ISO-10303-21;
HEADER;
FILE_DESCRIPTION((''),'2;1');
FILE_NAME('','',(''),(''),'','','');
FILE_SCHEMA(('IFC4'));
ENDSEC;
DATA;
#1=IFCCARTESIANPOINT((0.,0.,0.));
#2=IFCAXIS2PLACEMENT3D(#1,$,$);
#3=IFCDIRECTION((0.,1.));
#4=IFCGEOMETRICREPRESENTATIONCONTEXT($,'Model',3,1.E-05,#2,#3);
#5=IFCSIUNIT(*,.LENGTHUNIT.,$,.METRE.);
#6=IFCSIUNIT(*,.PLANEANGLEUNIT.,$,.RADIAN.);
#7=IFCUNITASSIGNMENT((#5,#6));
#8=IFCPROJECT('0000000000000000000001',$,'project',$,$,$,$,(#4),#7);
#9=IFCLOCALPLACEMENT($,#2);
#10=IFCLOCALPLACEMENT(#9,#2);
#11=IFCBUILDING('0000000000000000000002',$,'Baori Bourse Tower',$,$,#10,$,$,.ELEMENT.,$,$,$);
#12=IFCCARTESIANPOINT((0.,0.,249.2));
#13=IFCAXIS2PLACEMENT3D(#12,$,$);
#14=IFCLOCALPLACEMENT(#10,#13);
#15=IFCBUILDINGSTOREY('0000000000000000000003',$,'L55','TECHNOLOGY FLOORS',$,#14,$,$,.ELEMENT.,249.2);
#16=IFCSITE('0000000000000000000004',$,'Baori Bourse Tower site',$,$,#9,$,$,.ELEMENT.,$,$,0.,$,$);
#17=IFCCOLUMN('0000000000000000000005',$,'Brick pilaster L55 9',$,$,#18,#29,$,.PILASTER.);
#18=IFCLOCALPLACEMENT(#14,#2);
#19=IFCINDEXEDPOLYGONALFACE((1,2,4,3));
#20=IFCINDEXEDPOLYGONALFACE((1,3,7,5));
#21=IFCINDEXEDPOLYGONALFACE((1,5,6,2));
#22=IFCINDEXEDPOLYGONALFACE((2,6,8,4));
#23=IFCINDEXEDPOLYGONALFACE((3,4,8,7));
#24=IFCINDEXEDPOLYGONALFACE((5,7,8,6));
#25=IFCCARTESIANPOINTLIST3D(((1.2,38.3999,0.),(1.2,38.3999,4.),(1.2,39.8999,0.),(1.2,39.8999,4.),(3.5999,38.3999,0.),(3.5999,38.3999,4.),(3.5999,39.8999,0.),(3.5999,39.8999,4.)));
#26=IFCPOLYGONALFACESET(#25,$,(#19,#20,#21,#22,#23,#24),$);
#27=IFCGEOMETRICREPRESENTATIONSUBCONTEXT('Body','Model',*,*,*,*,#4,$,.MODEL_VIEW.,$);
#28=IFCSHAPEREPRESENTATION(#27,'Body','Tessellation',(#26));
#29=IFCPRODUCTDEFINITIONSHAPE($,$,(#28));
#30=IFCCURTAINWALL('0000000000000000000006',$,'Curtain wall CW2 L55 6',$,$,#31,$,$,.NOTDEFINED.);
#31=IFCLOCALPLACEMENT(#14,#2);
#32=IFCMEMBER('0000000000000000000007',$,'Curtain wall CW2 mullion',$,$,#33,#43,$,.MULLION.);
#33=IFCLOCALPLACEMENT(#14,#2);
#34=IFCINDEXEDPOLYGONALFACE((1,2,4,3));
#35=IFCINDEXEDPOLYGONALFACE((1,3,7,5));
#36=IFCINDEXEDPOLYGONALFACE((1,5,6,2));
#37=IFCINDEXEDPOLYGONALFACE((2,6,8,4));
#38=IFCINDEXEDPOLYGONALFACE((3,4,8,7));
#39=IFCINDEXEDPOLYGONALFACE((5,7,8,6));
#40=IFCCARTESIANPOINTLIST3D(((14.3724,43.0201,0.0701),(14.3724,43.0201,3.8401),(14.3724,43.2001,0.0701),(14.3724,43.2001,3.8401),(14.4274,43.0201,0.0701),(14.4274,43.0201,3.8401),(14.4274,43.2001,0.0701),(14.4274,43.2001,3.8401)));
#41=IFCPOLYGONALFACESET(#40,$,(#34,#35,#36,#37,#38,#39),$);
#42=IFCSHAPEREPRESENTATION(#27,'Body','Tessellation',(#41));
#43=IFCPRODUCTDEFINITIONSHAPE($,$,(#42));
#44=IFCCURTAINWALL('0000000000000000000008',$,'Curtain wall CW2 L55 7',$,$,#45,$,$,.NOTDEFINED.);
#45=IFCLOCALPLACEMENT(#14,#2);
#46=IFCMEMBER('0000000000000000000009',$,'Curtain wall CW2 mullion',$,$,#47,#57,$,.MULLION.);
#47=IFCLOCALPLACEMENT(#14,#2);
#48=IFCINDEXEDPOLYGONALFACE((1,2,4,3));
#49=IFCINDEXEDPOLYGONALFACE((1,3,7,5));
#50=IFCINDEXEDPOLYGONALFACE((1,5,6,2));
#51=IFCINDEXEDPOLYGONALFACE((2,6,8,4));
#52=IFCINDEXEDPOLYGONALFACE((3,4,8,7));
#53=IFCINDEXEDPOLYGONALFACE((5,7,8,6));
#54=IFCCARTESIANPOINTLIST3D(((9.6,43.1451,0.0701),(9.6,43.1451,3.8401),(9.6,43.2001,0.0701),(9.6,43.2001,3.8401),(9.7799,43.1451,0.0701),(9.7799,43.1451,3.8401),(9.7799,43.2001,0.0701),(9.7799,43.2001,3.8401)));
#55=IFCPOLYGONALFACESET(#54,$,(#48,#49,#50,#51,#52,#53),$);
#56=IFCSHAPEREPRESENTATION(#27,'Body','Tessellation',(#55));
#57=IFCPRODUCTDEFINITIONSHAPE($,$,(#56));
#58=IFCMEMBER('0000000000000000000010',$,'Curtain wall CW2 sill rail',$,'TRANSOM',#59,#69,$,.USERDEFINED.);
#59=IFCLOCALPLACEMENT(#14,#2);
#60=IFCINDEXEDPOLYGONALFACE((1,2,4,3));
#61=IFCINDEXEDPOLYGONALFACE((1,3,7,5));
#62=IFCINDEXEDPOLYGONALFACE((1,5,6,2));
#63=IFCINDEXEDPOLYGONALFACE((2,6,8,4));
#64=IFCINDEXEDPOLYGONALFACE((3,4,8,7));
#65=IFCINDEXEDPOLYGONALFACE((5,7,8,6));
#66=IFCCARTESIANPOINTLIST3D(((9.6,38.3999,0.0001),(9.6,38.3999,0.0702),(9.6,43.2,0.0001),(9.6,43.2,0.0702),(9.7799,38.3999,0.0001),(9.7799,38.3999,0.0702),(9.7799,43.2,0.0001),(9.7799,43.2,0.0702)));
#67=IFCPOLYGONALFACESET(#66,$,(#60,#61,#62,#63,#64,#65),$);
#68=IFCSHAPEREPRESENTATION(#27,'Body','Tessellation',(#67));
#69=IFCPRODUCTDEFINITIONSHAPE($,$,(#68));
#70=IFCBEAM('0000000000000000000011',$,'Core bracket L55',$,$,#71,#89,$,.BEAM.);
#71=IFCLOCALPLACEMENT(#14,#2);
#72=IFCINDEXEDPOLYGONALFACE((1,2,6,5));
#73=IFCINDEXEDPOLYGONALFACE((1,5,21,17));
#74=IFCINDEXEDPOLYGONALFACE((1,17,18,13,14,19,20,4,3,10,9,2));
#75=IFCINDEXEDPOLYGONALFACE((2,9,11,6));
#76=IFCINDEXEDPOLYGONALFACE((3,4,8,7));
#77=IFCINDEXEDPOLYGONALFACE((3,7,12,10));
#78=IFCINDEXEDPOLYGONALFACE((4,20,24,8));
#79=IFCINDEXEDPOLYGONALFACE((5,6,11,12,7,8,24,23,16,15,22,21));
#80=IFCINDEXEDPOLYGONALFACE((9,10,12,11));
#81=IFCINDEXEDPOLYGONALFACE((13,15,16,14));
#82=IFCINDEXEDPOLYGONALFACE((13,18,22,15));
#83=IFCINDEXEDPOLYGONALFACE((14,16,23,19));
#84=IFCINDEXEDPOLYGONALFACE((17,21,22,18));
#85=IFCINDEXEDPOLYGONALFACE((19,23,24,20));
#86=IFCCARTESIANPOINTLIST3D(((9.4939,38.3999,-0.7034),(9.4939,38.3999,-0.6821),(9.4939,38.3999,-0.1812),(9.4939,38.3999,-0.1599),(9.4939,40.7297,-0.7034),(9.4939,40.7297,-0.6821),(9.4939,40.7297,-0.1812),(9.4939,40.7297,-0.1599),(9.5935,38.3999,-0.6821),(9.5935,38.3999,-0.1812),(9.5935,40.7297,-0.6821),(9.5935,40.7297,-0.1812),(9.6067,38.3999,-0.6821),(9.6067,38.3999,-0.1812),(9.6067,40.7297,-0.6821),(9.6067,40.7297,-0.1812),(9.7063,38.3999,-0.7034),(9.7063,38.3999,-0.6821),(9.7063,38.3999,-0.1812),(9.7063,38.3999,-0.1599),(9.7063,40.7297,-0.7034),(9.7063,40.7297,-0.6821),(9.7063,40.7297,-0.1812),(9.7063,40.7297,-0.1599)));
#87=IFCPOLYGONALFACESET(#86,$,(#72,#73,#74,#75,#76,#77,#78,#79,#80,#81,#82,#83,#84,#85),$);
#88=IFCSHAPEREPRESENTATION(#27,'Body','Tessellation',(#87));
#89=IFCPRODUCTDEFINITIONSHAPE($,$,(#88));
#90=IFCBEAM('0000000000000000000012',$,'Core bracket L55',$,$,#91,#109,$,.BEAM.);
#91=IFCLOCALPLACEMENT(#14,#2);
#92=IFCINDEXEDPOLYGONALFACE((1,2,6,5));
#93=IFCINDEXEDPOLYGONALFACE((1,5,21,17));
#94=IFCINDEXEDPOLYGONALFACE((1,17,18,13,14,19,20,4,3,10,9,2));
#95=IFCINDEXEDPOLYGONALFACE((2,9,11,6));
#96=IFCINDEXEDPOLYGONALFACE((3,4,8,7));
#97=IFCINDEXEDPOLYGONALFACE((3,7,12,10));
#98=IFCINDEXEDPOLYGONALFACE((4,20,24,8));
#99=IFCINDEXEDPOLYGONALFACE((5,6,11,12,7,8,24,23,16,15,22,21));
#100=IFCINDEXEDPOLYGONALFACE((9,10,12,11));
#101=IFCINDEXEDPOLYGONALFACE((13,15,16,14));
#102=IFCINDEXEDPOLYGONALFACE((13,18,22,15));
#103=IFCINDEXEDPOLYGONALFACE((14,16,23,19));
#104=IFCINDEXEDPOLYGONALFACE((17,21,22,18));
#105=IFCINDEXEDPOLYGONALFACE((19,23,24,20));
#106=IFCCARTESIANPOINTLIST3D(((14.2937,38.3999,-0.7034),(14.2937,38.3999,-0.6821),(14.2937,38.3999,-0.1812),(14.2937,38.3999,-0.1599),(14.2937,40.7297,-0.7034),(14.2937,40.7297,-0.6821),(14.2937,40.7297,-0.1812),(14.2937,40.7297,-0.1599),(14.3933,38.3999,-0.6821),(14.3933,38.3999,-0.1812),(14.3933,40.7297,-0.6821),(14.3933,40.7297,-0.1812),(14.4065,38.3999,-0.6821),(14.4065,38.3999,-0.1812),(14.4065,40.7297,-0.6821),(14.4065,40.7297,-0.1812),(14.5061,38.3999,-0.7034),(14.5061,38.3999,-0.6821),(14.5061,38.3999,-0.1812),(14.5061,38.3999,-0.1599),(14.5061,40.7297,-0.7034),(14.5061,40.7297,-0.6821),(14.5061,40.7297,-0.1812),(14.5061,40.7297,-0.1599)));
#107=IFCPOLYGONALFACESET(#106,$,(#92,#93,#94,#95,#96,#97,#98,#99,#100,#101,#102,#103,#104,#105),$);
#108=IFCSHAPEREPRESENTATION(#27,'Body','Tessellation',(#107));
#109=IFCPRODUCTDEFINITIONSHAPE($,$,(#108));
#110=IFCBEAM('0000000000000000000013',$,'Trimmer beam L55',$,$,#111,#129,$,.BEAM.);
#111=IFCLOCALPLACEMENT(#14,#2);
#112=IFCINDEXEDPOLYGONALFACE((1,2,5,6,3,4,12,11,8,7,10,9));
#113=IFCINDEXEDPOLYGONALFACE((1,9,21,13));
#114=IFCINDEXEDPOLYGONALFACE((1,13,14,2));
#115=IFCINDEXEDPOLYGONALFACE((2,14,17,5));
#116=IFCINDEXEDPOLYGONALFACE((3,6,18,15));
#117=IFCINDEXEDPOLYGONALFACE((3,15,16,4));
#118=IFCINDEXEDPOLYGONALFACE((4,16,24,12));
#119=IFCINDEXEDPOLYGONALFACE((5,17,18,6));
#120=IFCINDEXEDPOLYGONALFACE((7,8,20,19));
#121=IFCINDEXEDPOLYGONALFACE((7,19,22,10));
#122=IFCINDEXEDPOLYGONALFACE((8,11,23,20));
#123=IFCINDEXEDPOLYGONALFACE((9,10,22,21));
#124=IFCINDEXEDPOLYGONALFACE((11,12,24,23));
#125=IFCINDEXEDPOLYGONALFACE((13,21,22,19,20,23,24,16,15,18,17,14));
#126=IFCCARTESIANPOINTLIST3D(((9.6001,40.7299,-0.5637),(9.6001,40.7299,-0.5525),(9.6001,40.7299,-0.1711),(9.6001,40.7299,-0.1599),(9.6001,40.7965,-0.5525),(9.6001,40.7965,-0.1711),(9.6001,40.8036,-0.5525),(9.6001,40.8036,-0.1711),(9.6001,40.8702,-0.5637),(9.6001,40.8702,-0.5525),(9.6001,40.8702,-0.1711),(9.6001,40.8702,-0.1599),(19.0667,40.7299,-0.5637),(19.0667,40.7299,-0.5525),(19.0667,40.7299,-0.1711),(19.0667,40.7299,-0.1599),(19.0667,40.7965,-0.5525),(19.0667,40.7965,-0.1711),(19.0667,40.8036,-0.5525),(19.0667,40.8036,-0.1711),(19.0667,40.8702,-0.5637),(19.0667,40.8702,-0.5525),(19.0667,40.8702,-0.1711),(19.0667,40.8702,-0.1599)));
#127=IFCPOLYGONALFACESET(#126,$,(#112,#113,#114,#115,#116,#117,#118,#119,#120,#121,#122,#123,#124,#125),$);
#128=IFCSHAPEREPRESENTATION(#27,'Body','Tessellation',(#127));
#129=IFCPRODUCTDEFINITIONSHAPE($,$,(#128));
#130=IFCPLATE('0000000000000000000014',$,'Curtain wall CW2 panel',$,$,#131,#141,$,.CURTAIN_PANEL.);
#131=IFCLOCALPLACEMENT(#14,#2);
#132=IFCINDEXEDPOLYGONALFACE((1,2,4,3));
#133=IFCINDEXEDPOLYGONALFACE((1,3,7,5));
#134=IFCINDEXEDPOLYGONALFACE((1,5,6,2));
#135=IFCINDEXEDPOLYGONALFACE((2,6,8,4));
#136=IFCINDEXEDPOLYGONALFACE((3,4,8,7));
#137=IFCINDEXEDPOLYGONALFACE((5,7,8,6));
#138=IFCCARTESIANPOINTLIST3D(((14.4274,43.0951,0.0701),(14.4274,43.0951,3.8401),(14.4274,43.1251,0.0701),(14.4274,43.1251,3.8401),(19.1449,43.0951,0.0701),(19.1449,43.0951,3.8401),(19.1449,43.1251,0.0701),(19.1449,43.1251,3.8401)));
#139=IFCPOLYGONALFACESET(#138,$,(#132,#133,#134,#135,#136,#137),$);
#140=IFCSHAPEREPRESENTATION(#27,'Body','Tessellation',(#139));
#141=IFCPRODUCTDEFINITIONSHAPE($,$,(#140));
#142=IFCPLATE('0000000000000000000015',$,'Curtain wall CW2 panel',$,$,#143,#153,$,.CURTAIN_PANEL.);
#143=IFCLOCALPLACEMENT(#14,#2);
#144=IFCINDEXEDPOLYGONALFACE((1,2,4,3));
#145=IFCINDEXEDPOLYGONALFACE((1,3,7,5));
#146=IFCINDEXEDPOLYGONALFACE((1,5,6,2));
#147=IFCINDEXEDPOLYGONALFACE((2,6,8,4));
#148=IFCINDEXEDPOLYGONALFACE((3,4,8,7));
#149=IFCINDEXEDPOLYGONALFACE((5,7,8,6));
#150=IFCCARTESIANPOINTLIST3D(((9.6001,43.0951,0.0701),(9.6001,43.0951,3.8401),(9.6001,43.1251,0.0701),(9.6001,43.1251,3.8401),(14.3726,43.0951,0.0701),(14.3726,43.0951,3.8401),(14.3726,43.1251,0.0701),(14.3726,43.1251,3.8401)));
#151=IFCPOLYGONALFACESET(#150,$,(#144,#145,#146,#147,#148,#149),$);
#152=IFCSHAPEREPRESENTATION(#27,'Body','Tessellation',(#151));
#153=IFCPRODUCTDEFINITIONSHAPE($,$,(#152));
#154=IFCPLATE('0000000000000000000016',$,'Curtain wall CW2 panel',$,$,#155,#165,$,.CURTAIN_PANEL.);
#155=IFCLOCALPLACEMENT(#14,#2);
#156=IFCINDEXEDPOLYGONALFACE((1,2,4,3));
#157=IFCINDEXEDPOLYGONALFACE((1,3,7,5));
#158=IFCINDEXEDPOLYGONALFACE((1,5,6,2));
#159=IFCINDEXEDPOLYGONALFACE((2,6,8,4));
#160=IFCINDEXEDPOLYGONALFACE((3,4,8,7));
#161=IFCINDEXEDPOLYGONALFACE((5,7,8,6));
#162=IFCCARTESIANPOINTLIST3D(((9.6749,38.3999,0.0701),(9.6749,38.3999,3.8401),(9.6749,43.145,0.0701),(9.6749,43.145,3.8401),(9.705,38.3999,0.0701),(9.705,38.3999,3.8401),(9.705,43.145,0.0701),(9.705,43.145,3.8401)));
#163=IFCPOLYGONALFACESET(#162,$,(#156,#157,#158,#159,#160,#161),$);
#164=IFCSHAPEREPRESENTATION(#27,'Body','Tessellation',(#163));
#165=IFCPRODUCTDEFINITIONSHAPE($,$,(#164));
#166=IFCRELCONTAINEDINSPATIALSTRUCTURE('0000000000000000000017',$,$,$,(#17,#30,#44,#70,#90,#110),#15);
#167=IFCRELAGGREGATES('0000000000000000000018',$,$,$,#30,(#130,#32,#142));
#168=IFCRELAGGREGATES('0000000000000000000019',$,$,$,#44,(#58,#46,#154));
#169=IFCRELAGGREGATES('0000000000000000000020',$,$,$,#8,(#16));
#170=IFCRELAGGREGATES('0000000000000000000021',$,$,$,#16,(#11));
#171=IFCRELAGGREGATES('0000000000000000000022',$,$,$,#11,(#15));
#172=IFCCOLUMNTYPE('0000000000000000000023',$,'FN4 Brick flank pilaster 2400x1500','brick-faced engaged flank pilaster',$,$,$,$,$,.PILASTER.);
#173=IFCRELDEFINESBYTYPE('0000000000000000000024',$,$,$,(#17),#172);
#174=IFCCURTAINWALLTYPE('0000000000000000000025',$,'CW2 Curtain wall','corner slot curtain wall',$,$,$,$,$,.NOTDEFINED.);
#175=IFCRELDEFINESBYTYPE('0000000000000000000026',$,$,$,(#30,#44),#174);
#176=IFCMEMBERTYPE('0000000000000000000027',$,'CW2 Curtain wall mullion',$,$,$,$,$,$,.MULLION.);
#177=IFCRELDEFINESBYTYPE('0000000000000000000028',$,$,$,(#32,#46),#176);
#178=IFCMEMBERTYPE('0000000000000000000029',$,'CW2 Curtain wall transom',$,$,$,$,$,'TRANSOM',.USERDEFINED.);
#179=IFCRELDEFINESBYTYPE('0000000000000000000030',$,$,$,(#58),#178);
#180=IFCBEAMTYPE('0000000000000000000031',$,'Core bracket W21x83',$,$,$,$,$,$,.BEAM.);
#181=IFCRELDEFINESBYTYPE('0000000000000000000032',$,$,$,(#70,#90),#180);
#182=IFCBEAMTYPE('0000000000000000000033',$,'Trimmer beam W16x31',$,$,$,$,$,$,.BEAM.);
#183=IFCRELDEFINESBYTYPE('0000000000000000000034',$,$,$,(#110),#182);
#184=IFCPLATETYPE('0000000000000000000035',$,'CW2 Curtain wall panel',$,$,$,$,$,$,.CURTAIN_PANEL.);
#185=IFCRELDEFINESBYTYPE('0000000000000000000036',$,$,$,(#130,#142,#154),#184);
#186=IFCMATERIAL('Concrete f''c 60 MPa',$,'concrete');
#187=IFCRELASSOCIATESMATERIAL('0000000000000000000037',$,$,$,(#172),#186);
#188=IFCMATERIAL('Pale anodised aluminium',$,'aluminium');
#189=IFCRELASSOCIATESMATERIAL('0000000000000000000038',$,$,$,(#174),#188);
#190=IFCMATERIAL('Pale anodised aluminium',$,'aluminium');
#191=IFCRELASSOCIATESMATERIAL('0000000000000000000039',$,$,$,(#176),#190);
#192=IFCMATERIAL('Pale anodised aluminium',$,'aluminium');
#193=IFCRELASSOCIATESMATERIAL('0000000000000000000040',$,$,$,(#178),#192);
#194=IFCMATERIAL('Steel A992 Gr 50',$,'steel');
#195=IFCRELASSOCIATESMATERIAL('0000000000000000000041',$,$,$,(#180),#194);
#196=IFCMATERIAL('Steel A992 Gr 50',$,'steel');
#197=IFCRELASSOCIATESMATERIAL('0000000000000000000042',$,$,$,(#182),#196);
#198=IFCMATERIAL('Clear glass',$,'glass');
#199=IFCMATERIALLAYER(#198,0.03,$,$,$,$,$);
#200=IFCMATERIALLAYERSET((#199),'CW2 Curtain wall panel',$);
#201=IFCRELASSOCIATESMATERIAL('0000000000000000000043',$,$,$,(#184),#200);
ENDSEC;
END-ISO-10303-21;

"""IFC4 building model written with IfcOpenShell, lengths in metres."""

from ifc_helpers import new_model, si_unit, direction, frame, origin, origin_2d, place, context, subcontext, project, spatial, rectangle, i_section, extrude, material, layer, layer_set, material_profile, profile_set, type_object, element, aggregate, save


model = new_model("IFC4")

# Units and contexts
model_context = context("Model", 3, precision=1e-05, world=origin(), true_north=direction((0.0, 1.0)))
body_context = subcontext(model_context, "Body", "Model", "MODEL_VIEW")
ifc_project = project(units=[si_unit("LENGTHUNIT", "METRE"), si_unit("PLANEANGLEUNIT", "RADIAN")], contexts=[model_context])

# Site, building, storey
site_placement = place(None, origin())
site = spatial("IfcSite", under=ifc_project, at=site_placement, Name="Baori Bourse Tower site", CompositionType="ELEMENT", RefElevation=0.0)
building_placement = place(site_placement, origin())
building = spatial("IfcBuilding", under=site, at=building_placement, Name="Baori Bourse Tower", CompositionType="ELEMENT")
storey_placement = place(building_placement, frame((0.0, 0.0, 249.2)))
storey = spatial("IfcBuildingStorey", under=building, at=storey_placement, Name="L55", Description="TECHNOLOGY FLOORS", CompositionType="ELEMENT", Elevation=249.2)

# Column
ifc_material_1 = material(Name="Concrete f'c 60 MPa", Category="concrete")
ifc_material_profile_1 = material_profile(ifc_material_1, rectangle(XDim=2.3999, YDim=1.5, at=origin_2d()), Name="RC 2400x1500")
ifc_profile_set_1 = profile_set([ifc_material_profile_1], Name="Concrete f'c 60 MPa")
column_type = type_object("IfcColumnType", Name="FN4 Brick flank pilaster 2400x1500", Description="brick-faced engaged flank pilaster", PredefinedType="PILASTER", material=ifc_profile_set_1)
column_placement = place(storey_placement, frame((2.3999, 39.1499, 0.0), z_axis=(0.0, 0.0, 1.0), x_axis=(1.0, 0.0, 0.0)))
element("IfcColumn", 1, at=column_placement, inside=storey, type_object=column_type, Name="Brick pilaster L55 9", PredefinedType="PILASTER", context=body_context, shape_type="SweptSolid", body=[
    extrude(rectangle(XDim=2.3999, YDim=1.5, at=origin_2d()), origin(), (0.0, 0.0, 1.0), 4.0),
])

# Curtain wall, member
ifc_material_2 = material(Name="Pale anodised aluminium", Category="aluminium")
curtain_wall_type = type_object("IfcCurtainWallType", Name="CW2 Curtain wall", Description="corner slot curtain wall", PredefinedType="NOTDEFINED", material=ifc_material_2)
curtain_wall_1_placement = place(storey_placement, origin())
curtain_wall_1 = element("IfcCurtainWall", 2, at=curtain_wall_1_placement, inside=storey, type_object=curtain_wall_type, Name="Curtain wall CW2 L55 6", PredefinedType="NOTDEFINED")
ifc_material_3 = material(Name="Pale anodised aluminium", Category="aluminium")
ifc_material_profile_2 = material_profile(ifc_material_3, rectangle(XDim=0.1799, YDim=0.0549, at=origin_2d()), Name="Mullion 55x180")
ifc_profile_set_2 = profile_set([ifc_material_profile_2], Name="Pale anodised aluminium")
member_type_1 = type_object("IfcMemberType", Name="CW2 Curtain wall mullion", PredefinedType="MULLION", material=ifc_profile_set_2)
member_1_placement = place(storey_placement, frame((14.3999, 43.1101, 0.0701), z_axis=(0.0, 0.0, 1.0), x_axis=(0.0, -1.0, 0.0)))
member_1 = element("IfcMember", 3, at=member_1_placement, type_object=member_type_1, Name="Curtain wall CW2 mullion", PredefinedType="MULLION", context=body_context, shape_type="SweptSolid", body=[
    extrude(rectangle(XDim=0.1799, YDim=0.0549, at=origin_2d()), origin(), (0.0, 0.0, 1.0), 3.77),
])

# Curtain wall, members
curtain_wall_2_placement = place(storey_placement, origin())
curtain_wall_2 = element("IfcCurtainWall", 4, at=curtain_wall_2_placement, inside=storey, type_object=curtain_wall_type, Name="Curtain wall CW2 L55 7", PredefinedType="NOTDEFINED")
member_2_placement = place(storey_placement, frame((9.6899, 43.1726, 0.0701), z_axis=(0.0, 0.0, 1.0), x_axis=(1.0, 0.0, 0.0)))
member_2 = element("IfcMember", 5, at=member_2_placement, type_object=member_type_1, Name="Curtain wall CW2 mullion", PredefinedType="MULLION", context=body_context, shape_type="SweptSolid", body=[
    extrude(rectangle(XDim=0.1799, YDim=0.0549, at=origin_2d()), origin(), (0.0, 0.0, 1.0), 3.77),
])
ifc_material_4 = material(Name="Pale anodised aluminium", Category="aluminium")
ifc_material_profile_3 = material_profile(ifc_material_4, rectangle(XDim=0.1799, YDim=0.0701, at=origin_2d()), Name="Transom 70x180")
ifc_profile_set_3 = profile_set([ifc_material_profile_3], Name="Pale anodised aluminium")
member_type_2 = type_object("IfcMemberType", Name="CW2 Curtain wall transom", ElementType="TRANSOM", PredefinedType="USERDEFINED", material=ifc_profile_set_3)
member_3_placement = place(storey_placement, frame((9.6899, 43.2, 0.0352), z_axis=(0.0, -1.0, 0.0), x_axis=(1.0, 0.0, 0.0)))
member_3 = element("IfcMember", 6, at=member_3_placement, type_object=member_type_2, Name="Curtain wall CW2 sill rail", ObjectType="TRANSOM", PredefinedType="USERDEFINED", context=body_context, shape_type="SweptSolid", body=[
    extrude(rectangle(XDim=0.1799, YDim=0.0701, at=origin_2d()), origin(), (0.0, 0.0, 1.0), 4.8),
])

# Beams
ifc_material_5 = material(Name="Steel A992 Gr 50", Category="steel")
ifc_material_profile_4 = material_profile(ifc_material_5, i_section(OverallWidth=0.2124, OverallDepth=0.5435, WebThickness=0.0132, FlangeThickness=0.0212, at=origin_2d()), Name="W21x83")
ifc_profile_set_4 = profile_set([ifc_material_profile_4], Name="Steel A992 Gr 50")
beam_type_1 = type_object("IfcBeamType", Name="Core bracket W21x83", PredefinedType="BEAM", material=ifc_profile_set_4)
for number, where, z_axis, x_axis, name in (
    (7, (9.6001, 38.3999, -0.4316), (0.0, 1.0, 0.0), (-1.0, 0.0, 0.0), "Core bracket L55"),
    (8, (14.3999, 38.3999, -0.4316), (0.0, 1.0, 0.0), (-1.0, 0.0, 0.0), "Core bracket L55"),
):
    element("IfcBeam", number, at=place(storey_placement, frame(where, z_axis=z_axis, x_axis=x_axis)), inside=storey, type_object=beam_type_1, Name=name, PredefinedType="BEAM", context=body_context, shape_type="SweptSolid", body=[
        extrude(i_section(OverallWidth=0.2124, OverallDepth=0.5435, WebThickness=0.0132, FlangeThickness=0.0212, at=origin_2d()), origin(), (0.0, 0.0, 1.0), 2.3298),
    ])
ifc_material_6 = material(Name="Steel A992 Gr 50", Category="steel")
ifc_material_profile_5 = material_profile(ifc_material_6, i_section(OverallWidth=0.1404, OverallDepth=0.4038, WebThickness=0.0071, FlangeThickness=0.0112, at=origin_2d()), Name="W16x31")
ifc_profile_set_5 = profile_set([ifc_material_profile_5], Name="Steel A992 Gr 50")
beam_type_2 = type_object("IfcBeamType", Name="Trimmer beam W16x31", PredefinedType="BEAM", material=ifc_profile_set_5)
beam_placement = place(storey_placement, frame((9.6001, 40.8, -0.3618), z_axis=(1.0, 0.0, 0.0), x_axis=(0.0, 1.0, 0.0)))
element("IfcBeam", 9, at=beam_placement, inside=storey, type_object=beam_type_2, Name="Trimmer beam L55", PredefinedType="BEAM", context=body_context, shape_type="SweptSolid", body=[
    extrude(i_section(OverallWidth=0.1404, OverallDepth=0.4038, WebThickness=0.0071, FlangeThickness=0.0112, at=origin_2d()), origin(), (0.0, 0.0, 1.0), 9.4666),
])

# Plates
ifc_material_7 = material(Name="Clear glass", Category="glass")
ifc_layer_1 = layer(ifc_material_7, 0.03)
ifc_layer_set_1 = layer_set([ifc_layer_1], Name="CW2 Curtain wall panel")
plate_type = type_object("IfcPlateType", Name="CW2 Curtain wall panel", PredefinedType="CURTAIN_PANEL", material=ifc_layer_set_1)
plate_1_placement = place(storey_placement, frame((16.7861, 43.1101, 0.0701), z_axis=(0.0, 0.0, 1.0), x_axis=(-1.0, 0.0, 0.0)))
plate_1 = element("IfcPlate", 10, at=plate_1_placement, type_object=plate_type, Name="Curtain wall CW2 panel", PredefinedType="CURTAIN_PANEL", context=body_context, shape_type="SweptSolid", body=[
    extrude(rectangle(XDim=4.7175, YDim=0.03, at=origin_2d()), origin(), (0.0, 0.0, 1.0), 3.77),
])
plate_2_placement = place(storey_placement, frame((11.9863, 43.1101, 0.0701), z_axis=(0.0, 0.0, 1.0), x_axis=(-1.0, 0.0, 0.0)))
plate_2 = element("IfcPlate", 11, at=plate_2_placement, type_object=plate_type, Name="Curtain wall CW2 panel", PredefinedType="CURTAIN_PANEL", context=body_context, shape_type="SweptSolid", body=[
    extrude(rectangle(XDim=4.7725, YDim=0.03, at=origin_2d()), origin(), (0.0, 0.0, 1.0), 3.77),
])
aggregate(curtain_wall_1, [plate_1, member_1, plate_2])
plate_3_placement = place(storey_placement, frame((9.6899, 40.7725, 0.0701), z_axis=(0.0, 0.0, 1.0), x_axis=(0.0, -1.0, 0.0)))
plate_3 = element("IfcPlate", 12, at=plate_3_placement, type_object=plate_type, Name="Curtain wall CW2 panel", PredefinedType="CURTAIN_PANEL", context=body_context, shape_type="SweptSolid", body=[
    extrude(rectangle(XDim=4.7451, YDim=0.03, at=origin_2d()), origin(), (0.0, 0.0, 1.0), 3.77),
])
aggregate(curtain_wall_2, [member_3, member_2, plate_3])

save(model, "model.ifc")
